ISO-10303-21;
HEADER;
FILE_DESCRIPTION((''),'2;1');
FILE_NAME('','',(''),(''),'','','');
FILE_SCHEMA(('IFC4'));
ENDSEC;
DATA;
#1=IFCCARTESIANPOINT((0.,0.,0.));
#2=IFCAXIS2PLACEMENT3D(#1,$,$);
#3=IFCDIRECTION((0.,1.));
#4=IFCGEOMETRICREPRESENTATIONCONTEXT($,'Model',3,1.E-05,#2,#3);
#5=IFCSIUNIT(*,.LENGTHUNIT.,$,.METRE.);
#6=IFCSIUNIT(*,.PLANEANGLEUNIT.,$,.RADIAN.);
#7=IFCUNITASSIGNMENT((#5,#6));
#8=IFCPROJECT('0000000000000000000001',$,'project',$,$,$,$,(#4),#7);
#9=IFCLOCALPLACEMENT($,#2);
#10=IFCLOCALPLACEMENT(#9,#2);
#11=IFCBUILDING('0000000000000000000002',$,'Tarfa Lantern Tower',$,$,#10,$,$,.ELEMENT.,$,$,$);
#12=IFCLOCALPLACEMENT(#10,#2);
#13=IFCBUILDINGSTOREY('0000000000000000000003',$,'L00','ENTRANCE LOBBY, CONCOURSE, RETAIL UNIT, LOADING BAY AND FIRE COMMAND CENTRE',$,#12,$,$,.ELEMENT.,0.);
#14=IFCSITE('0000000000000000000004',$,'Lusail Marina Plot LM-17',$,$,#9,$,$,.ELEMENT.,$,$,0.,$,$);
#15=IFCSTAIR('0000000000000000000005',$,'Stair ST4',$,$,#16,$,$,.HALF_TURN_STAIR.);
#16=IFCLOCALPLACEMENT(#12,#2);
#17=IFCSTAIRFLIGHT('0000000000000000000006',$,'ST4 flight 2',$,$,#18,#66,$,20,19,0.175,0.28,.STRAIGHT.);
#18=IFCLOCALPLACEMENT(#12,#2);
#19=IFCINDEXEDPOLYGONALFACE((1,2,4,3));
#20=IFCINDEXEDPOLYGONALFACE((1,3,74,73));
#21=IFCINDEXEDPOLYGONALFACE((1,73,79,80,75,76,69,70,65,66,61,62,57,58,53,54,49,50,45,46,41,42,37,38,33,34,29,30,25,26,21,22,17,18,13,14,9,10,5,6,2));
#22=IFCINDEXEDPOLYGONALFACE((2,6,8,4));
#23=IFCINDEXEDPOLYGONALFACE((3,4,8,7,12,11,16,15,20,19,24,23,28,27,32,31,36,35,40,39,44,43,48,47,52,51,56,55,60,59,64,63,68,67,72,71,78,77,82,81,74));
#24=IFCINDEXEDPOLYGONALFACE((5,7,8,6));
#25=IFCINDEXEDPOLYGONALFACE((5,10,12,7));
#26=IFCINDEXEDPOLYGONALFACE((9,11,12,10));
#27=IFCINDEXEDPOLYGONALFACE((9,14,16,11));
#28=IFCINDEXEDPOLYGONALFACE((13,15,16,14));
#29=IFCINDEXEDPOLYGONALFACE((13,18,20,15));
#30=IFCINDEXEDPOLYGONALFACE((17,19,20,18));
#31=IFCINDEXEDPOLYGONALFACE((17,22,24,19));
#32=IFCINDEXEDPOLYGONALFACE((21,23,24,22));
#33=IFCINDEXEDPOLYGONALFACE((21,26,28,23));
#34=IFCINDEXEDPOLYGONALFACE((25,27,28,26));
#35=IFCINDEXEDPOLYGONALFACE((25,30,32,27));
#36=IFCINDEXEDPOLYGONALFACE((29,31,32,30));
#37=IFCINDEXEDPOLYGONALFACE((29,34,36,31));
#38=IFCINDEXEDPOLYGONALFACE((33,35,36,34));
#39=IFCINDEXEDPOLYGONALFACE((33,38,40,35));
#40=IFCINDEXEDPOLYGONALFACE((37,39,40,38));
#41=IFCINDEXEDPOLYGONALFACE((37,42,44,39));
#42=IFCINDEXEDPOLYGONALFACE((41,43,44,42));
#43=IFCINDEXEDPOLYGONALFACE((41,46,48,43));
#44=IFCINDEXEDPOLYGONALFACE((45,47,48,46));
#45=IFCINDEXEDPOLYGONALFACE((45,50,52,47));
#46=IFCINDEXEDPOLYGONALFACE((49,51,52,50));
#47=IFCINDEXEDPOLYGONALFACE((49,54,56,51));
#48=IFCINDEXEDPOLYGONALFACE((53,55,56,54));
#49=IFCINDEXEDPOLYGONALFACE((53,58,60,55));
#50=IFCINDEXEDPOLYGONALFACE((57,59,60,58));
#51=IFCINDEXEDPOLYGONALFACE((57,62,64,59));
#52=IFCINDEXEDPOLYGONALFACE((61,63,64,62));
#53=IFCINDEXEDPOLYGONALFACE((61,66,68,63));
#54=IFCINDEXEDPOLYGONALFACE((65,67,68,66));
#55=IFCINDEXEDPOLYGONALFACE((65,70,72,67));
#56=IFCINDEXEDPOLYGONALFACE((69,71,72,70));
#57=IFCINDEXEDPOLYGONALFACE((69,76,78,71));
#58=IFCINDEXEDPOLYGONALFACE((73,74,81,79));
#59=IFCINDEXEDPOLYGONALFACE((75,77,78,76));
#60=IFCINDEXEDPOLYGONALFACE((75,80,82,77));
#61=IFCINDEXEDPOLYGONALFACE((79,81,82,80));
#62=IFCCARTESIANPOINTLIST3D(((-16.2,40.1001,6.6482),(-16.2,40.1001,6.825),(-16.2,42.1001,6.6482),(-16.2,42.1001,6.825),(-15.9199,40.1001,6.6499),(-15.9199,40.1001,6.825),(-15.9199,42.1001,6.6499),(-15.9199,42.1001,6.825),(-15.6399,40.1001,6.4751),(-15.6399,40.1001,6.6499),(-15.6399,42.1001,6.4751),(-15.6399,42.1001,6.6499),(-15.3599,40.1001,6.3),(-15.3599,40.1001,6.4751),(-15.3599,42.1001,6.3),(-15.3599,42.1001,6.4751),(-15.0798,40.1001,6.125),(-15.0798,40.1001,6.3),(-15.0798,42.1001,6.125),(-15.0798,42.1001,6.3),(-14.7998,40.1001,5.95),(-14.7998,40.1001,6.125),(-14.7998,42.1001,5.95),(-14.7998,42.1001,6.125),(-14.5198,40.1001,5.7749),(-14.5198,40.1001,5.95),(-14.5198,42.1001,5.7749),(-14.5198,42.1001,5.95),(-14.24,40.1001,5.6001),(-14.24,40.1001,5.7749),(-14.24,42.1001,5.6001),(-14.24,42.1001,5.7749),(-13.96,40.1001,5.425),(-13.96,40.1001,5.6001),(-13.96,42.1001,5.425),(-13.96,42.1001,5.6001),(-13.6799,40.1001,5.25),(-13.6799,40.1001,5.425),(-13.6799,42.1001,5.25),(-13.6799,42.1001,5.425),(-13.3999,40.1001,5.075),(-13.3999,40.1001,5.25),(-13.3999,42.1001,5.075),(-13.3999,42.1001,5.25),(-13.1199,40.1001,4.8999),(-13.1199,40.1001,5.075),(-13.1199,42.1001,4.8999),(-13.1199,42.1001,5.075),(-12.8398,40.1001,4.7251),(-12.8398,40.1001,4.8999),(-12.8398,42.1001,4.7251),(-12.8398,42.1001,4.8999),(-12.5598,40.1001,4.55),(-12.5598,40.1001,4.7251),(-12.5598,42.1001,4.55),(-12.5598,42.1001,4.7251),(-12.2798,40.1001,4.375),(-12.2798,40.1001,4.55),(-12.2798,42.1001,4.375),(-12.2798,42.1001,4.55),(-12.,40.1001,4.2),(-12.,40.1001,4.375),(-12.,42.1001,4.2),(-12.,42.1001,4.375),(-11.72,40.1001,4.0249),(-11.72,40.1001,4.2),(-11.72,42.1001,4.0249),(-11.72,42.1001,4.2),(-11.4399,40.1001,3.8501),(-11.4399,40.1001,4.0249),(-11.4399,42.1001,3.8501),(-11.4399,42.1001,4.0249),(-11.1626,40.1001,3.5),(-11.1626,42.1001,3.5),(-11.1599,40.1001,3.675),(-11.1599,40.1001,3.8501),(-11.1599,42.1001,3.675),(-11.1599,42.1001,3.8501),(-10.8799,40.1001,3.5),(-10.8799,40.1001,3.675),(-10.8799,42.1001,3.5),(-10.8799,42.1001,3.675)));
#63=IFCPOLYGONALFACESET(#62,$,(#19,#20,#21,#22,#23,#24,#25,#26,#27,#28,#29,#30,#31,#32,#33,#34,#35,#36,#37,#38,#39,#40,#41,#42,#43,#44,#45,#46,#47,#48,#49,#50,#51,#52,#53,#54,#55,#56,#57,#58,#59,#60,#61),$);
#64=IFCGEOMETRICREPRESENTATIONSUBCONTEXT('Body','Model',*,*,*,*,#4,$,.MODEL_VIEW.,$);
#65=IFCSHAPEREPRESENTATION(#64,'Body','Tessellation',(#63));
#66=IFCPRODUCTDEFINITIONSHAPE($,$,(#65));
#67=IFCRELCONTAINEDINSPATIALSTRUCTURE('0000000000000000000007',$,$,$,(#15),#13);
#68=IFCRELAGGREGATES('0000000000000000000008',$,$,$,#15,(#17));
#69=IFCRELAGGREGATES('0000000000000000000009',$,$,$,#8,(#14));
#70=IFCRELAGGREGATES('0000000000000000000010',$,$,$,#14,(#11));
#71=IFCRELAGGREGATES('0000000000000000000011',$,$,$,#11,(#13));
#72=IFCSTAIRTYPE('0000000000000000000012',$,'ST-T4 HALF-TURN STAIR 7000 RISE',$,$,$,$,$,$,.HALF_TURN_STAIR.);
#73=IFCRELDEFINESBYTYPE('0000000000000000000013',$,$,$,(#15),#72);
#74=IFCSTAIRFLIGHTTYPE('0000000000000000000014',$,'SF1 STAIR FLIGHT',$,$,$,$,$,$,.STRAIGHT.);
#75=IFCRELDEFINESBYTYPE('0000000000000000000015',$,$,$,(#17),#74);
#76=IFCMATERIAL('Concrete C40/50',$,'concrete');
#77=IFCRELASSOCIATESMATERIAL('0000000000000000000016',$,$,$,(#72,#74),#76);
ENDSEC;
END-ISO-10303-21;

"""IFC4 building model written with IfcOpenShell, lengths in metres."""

from ifc_helpers import new_model, si_unit, direction, frame, origin, place, context, subcontext, project, spatial, polyline, outline, extrude, material, type_object, element, aggregate, save


model = new_model("IFC4")

# Units and contexts
model_context = context("Model", 3, precision=1e-05, world=origin(), true_north=direction((0.0, 1.0)))
body_context = subcontext(model_context, "Body", "Model", "MODEL_VIEW")
ifc_project = project(units=[si_unit("LENGTHUNIT", "METRE"), si_unit("PLANEANGLEUNIT", "RADIAN")], contexts=[model_context])

# Site, building, storey
site_placement = place(None, origin())
site = spatial("IfcSite", under=ifc_project, at=site_placement, Name="Lusail Marina Plot LM-17", CompositionType="ELEMENT", RefElevation=0.0)
building_placement = place(site_placement, origin())
building = spatial("IfcBuilding", under=site, at=building_placement, Name="Tarfa Lantern Tower", CompositionType="ELEMENT")
storey_placement = place(building_placement, origin())
storey = spatial("IfcBuildingStorey", under=building, at=storey_placement, Name="L00", Description="ENTRANCE LOBBY, CONCOURSE, RETAIL UNIT, LOADING BAY AND FIRE COMMAND CENTRE", CompositionType="ELEMENT", Elevation=0.0)

# Stair, stair flight
ifc_material_1 = material(Name="Concrete C40/50", Category="concrete")
stair_type = type_object("IfcStairType", Name="ST-T4 HALF-TURN STAIR 7000 RISE", PredefinedType="HALF_TURN_STAIR", material=ifc_material_1)
stair_placement = place(storey_placement, origin())
stair = element("IfcStair", 1, at=stair_placement, inside=storey, type_object=stair_type, Name="Stair ST4", PredefinedType="HALF_TURN_STAIR")
stair_flight_type = type_object("IfcStairFlightType", Name="SF1 STAIR FLIGHT", PredefinedType="STRAIGHT", material=ifc_material_1)
stair_flight_placement = place(storey_placement, frame((-10.8799, 41.1001, 3.5), z_axis=(0.0, 0.0, 1.0), x_axis=(-1.0, 0.0, 0.0)))
stair_flight = element("IfcStairFlight", 2, at=stair_flight_placement, type_object=stair_flight_type, Name="ST4 flight 2", NumberOfRisers=20, NumberOfTreads=19, PredefinedType="STRAIGHT", RiserHeight=0.175, TreadLength=0.28, context=body_context, shape_type="SweptSolid", body=[
    extrude(outline(polyline([(0.0, 0.0), (0.0, 0.175), (0.28, 0.175), (0.28, 0.3501), (0.5601, 0.3501), (0.5601, 0.5249), (0.8401, 0.5249), (0.8401, 0.7), (1.1201, 0.7), (1.1201, 0.875), (1.3999, 0.875), (1.3999, 1.05), (1.6799, 1.05), (1.6799, 1.2251), (1.96, 1.2251), (1.96, 1.3999), (2.24, 1.3999), (2.24, 1.575), (2.52, 1.575), (2.52, 1.75), (2.8, 1.75), (2.8, 1.925), (3.0801, 1.925), (3.0801, 2.1001), (3.3601, 2.1001), (3.3601, 2.2749), (3.6399, 2.2749), (3.6399, 2.45), (3.9199, 2.45), (3.9199, 2.625), (4.2, 2.625), (4.2, 2.8), (4.48, 2.8), (4.48, 2.9751), (4.76, 2.9751), (4.76, 3.1499), (5.04, 3.1499), (5.04, 3.325), (5.3201, 3.325), (5.3201, 3.5), (5.3201, 3.1482), (0.2827, 0.0), (0.0, 0.0)])), frame((0.0, 1.0, 0.0), z_axis=(0.0, -1.0, 0.0), x_axis=(1.0, 0.0, 0.0)), (0.0, 0.0, 1.0), 2.0),
])
aggregate(stair, [stair_flight])

save(model, "model.ifc")
